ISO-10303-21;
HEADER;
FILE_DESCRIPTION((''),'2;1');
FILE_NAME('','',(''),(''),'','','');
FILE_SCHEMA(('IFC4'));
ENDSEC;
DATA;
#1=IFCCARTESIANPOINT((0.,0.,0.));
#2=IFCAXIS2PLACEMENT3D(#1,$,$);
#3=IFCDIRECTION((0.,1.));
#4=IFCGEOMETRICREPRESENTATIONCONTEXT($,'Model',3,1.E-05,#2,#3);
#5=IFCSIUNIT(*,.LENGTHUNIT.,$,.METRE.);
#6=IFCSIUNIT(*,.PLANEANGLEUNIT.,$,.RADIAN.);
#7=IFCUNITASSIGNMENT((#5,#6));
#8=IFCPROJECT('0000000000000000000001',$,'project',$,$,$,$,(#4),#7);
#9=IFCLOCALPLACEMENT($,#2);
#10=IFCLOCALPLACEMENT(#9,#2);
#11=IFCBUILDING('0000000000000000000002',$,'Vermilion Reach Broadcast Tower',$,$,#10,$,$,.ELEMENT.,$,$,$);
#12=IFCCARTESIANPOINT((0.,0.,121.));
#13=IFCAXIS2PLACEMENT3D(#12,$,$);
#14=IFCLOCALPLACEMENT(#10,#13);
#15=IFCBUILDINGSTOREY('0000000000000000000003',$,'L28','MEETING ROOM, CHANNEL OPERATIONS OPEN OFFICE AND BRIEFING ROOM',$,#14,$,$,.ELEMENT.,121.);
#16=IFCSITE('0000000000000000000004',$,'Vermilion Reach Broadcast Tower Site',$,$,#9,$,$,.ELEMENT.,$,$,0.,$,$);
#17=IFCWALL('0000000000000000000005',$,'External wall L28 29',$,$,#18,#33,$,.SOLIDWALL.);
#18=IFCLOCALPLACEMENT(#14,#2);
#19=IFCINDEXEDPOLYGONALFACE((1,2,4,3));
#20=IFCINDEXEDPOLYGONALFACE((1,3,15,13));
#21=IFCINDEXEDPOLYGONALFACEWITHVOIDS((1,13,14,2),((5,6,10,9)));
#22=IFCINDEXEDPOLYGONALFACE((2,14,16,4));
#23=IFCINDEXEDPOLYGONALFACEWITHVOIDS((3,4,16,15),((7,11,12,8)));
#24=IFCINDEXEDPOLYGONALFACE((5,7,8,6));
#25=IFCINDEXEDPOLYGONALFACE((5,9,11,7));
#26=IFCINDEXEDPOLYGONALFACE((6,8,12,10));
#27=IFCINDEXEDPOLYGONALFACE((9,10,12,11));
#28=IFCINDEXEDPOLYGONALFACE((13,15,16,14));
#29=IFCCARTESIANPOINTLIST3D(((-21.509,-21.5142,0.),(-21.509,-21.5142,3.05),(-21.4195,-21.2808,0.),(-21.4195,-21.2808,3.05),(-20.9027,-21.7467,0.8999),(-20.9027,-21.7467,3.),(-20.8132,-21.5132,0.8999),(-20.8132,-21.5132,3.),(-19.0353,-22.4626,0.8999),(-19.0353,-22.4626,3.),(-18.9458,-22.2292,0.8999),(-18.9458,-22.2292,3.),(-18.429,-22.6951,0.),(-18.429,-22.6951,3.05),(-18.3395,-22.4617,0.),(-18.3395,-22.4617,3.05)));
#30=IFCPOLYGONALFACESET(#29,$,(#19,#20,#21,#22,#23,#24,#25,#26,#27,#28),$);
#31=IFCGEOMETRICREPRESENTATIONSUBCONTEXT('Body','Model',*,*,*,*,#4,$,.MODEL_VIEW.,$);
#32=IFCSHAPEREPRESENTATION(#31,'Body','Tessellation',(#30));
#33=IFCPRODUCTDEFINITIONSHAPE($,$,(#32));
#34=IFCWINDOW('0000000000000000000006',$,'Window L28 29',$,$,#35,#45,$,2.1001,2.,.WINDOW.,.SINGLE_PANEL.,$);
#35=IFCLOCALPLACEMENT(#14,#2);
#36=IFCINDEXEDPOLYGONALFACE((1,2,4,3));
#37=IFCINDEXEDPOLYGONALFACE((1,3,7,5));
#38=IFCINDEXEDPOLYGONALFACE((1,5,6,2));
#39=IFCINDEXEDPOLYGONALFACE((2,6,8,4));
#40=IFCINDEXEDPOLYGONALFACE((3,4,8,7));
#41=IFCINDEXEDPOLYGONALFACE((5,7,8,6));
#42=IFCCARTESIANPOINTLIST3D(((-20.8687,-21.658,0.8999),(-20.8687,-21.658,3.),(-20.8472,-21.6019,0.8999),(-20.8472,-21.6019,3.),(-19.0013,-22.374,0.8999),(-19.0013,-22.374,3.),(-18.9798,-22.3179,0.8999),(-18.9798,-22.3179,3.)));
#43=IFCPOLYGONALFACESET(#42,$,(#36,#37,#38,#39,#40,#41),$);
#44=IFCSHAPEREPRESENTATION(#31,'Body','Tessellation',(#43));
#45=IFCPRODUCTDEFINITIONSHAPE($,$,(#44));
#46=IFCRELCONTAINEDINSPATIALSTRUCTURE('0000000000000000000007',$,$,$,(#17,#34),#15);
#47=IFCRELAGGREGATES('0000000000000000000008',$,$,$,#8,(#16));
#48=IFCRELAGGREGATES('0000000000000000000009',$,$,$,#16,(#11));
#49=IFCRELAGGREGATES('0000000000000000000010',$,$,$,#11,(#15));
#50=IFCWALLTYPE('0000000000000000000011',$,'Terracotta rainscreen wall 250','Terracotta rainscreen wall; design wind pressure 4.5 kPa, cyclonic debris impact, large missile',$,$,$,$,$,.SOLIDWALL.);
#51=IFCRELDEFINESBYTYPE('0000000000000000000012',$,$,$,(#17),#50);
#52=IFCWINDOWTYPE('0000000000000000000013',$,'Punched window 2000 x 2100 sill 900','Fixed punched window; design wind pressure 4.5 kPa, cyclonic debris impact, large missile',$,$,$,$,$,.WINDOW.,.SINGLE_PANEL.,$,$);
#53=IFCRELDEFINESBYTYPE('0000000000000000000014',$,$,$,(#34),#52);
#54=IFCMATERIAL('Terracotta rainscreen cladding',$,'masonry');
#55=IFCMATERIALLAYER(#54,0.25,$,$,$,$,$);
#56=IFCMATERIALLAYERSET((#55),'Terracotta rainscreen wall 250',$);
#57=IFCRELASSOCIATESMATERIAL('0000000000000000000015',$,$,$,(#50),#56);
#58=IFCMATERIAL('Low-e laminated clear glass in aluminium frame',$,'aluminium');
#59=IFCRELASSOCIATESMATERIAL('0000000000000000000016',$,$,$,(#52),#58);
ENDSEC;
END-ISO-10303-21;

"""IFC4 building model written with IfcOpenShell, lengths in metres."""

from ifc_helpers import new_model, si_unit, direction, frame, frame_2d, origin, place, context, subcontext, project, spatial, rectangle, extrude, material, layer, layer_set, type_object, element, fill, save


model = new_model("IFC4")

# Units and contexts
model_context = context("Model", 3, precision=1e-05, world=origin(), true_north=direction((0.0, 1.0)))
body_context = subcontext(model_context, "Body", "Model", "MODEL_VIEW")
ifc_project = project(units=[si_unit("LENGTHUNIT", "METRE"), si_unit("PLANEANGLEUNIT", "RADIAN")], contexts=[model_context])

# Site, building, storey
site_placement = place(None, origin())
site = spatial("IfcSite", under=ifc_project, at=site_placement, Name="Vermilion Reach Broadcast Tower Site", CompositionType="ELEMENT", RefElevation=0.0)
building_placement = place(site_placement, origin())
building = spatial("IfcBuilding", under=site, at=building_placement, Name="Vermilion Reach Broadcast Tower", CompositionType="ELEMENT")
storey_placement = place(building_placement, frame((0.0, 0.0, 121.0)))
storey = spatial("IfcBuildingStorey", under=building, at=storey_placement, Name="L28", Description="MEETING ROOM, CHANNEL OPERATIONS OPEN OFFICE AND BRIEFING ROOM", CompositionType="ELEMENT", Elevation=121.0)

# Shared definitions
ifc_material_1 = material(Name="Terracotta rainscreen cladding", Category="masonry")
ifc_layer_1 = layer(ifc_material_1, 0.25)
ifc_layer_set_1 = layer_set([ifc_layer_1], Name="Terracotta rainscreen wall 250")
wall_type = type_object("IfcWallType", Name="Terracotta rainscreen wall 250", Description="Terracotta rainscreen wall; design wind pressure 4.5 kPa, cyclonic debris impact, large missile", PredefinedType="SOLIDWALL", material=ifc_layer_set_1)

# Wall, opening, window
ifc_material_2 = material(Name="Low-e laminated clear glass in aluminium frame", Category="aluminium")
window_type = type_object("IfcWindowType", Name="Punched window 2000 x 2100 sill 900", Description="Fixed punched window; design wind pressure 4.5 kPa, cyclonic debris impact, large missile", PartitioningType="SINGLE_PANEL", PredefinedType="WINDOW", material=ifc_material_2)
wall_1_placement = place(storey_placement, frame((-21.4644, -21.3975, 0.0), z_axis=(0.0, 0.0, 1.0), x_axis=(0.933725, -0.357992, 0.0)))
wall_1 = element("IfcWall", 1, at=wall_1_placement, inside=storey, type_object=wall_type, Name="External wall L28 29", PredefinedType="SOLIDWALL", context=body_context, shape_type="SweptSolid", body=[
    extrude(rectangle(XDim=3.2986, YDim=0.25, at=frame_2d((1.6494, 0.0))), origin(), (0.0, 0.0, 1.0), 3.05),
])
opening_1_placement = place(wall_1_placement, frame((0.6494, 0.0, 0.8999)))
opening_1 = element("IfcOpeningElement", 2, at=opening_1_placement, cuts=wall_1, PredefinedType="OPENING", context=body_context, shape_type="SweptSolid", body=[
    extrude(rectangle(XDim=2.0, YDim=2.1001, at=frame_2d((1.0, 1.05))), frame((0.0, 0.135, 0.0), z_axis=(0.0, -1.0, 0.0), x_axis=(1.0, 0.0, 0.0)), (0.0, 0.0, 1.0), 0.27),
])
window_1_placement = place(opening_1_placement, origin())
window_1 = element("IfcWindow", 3, at=window_1_placement, inside=storey, type_object=window_type, Name="Window L28 29", OverallHeight=2.1001, OverallWidth=2.0, PartitioningType="SINGLE_PANEL", PredefinedType="WINDOW", context=body_context, shape_type="SweptSolid", body=[
    extrude(rectangle(XDim=2.0, YDim=2.1001, at=frame_2d((1.0, 1.05))), frame((0.0, 0.03, 0.0), z_axis=(0.0, -1.0, 0.0), x_axis=(1.0, 0.0, 0.0)), (0.0, 0.0, 1.0), 0.0601),
])
fill(opening_1, window_1)

save(model, "model.ifc")
